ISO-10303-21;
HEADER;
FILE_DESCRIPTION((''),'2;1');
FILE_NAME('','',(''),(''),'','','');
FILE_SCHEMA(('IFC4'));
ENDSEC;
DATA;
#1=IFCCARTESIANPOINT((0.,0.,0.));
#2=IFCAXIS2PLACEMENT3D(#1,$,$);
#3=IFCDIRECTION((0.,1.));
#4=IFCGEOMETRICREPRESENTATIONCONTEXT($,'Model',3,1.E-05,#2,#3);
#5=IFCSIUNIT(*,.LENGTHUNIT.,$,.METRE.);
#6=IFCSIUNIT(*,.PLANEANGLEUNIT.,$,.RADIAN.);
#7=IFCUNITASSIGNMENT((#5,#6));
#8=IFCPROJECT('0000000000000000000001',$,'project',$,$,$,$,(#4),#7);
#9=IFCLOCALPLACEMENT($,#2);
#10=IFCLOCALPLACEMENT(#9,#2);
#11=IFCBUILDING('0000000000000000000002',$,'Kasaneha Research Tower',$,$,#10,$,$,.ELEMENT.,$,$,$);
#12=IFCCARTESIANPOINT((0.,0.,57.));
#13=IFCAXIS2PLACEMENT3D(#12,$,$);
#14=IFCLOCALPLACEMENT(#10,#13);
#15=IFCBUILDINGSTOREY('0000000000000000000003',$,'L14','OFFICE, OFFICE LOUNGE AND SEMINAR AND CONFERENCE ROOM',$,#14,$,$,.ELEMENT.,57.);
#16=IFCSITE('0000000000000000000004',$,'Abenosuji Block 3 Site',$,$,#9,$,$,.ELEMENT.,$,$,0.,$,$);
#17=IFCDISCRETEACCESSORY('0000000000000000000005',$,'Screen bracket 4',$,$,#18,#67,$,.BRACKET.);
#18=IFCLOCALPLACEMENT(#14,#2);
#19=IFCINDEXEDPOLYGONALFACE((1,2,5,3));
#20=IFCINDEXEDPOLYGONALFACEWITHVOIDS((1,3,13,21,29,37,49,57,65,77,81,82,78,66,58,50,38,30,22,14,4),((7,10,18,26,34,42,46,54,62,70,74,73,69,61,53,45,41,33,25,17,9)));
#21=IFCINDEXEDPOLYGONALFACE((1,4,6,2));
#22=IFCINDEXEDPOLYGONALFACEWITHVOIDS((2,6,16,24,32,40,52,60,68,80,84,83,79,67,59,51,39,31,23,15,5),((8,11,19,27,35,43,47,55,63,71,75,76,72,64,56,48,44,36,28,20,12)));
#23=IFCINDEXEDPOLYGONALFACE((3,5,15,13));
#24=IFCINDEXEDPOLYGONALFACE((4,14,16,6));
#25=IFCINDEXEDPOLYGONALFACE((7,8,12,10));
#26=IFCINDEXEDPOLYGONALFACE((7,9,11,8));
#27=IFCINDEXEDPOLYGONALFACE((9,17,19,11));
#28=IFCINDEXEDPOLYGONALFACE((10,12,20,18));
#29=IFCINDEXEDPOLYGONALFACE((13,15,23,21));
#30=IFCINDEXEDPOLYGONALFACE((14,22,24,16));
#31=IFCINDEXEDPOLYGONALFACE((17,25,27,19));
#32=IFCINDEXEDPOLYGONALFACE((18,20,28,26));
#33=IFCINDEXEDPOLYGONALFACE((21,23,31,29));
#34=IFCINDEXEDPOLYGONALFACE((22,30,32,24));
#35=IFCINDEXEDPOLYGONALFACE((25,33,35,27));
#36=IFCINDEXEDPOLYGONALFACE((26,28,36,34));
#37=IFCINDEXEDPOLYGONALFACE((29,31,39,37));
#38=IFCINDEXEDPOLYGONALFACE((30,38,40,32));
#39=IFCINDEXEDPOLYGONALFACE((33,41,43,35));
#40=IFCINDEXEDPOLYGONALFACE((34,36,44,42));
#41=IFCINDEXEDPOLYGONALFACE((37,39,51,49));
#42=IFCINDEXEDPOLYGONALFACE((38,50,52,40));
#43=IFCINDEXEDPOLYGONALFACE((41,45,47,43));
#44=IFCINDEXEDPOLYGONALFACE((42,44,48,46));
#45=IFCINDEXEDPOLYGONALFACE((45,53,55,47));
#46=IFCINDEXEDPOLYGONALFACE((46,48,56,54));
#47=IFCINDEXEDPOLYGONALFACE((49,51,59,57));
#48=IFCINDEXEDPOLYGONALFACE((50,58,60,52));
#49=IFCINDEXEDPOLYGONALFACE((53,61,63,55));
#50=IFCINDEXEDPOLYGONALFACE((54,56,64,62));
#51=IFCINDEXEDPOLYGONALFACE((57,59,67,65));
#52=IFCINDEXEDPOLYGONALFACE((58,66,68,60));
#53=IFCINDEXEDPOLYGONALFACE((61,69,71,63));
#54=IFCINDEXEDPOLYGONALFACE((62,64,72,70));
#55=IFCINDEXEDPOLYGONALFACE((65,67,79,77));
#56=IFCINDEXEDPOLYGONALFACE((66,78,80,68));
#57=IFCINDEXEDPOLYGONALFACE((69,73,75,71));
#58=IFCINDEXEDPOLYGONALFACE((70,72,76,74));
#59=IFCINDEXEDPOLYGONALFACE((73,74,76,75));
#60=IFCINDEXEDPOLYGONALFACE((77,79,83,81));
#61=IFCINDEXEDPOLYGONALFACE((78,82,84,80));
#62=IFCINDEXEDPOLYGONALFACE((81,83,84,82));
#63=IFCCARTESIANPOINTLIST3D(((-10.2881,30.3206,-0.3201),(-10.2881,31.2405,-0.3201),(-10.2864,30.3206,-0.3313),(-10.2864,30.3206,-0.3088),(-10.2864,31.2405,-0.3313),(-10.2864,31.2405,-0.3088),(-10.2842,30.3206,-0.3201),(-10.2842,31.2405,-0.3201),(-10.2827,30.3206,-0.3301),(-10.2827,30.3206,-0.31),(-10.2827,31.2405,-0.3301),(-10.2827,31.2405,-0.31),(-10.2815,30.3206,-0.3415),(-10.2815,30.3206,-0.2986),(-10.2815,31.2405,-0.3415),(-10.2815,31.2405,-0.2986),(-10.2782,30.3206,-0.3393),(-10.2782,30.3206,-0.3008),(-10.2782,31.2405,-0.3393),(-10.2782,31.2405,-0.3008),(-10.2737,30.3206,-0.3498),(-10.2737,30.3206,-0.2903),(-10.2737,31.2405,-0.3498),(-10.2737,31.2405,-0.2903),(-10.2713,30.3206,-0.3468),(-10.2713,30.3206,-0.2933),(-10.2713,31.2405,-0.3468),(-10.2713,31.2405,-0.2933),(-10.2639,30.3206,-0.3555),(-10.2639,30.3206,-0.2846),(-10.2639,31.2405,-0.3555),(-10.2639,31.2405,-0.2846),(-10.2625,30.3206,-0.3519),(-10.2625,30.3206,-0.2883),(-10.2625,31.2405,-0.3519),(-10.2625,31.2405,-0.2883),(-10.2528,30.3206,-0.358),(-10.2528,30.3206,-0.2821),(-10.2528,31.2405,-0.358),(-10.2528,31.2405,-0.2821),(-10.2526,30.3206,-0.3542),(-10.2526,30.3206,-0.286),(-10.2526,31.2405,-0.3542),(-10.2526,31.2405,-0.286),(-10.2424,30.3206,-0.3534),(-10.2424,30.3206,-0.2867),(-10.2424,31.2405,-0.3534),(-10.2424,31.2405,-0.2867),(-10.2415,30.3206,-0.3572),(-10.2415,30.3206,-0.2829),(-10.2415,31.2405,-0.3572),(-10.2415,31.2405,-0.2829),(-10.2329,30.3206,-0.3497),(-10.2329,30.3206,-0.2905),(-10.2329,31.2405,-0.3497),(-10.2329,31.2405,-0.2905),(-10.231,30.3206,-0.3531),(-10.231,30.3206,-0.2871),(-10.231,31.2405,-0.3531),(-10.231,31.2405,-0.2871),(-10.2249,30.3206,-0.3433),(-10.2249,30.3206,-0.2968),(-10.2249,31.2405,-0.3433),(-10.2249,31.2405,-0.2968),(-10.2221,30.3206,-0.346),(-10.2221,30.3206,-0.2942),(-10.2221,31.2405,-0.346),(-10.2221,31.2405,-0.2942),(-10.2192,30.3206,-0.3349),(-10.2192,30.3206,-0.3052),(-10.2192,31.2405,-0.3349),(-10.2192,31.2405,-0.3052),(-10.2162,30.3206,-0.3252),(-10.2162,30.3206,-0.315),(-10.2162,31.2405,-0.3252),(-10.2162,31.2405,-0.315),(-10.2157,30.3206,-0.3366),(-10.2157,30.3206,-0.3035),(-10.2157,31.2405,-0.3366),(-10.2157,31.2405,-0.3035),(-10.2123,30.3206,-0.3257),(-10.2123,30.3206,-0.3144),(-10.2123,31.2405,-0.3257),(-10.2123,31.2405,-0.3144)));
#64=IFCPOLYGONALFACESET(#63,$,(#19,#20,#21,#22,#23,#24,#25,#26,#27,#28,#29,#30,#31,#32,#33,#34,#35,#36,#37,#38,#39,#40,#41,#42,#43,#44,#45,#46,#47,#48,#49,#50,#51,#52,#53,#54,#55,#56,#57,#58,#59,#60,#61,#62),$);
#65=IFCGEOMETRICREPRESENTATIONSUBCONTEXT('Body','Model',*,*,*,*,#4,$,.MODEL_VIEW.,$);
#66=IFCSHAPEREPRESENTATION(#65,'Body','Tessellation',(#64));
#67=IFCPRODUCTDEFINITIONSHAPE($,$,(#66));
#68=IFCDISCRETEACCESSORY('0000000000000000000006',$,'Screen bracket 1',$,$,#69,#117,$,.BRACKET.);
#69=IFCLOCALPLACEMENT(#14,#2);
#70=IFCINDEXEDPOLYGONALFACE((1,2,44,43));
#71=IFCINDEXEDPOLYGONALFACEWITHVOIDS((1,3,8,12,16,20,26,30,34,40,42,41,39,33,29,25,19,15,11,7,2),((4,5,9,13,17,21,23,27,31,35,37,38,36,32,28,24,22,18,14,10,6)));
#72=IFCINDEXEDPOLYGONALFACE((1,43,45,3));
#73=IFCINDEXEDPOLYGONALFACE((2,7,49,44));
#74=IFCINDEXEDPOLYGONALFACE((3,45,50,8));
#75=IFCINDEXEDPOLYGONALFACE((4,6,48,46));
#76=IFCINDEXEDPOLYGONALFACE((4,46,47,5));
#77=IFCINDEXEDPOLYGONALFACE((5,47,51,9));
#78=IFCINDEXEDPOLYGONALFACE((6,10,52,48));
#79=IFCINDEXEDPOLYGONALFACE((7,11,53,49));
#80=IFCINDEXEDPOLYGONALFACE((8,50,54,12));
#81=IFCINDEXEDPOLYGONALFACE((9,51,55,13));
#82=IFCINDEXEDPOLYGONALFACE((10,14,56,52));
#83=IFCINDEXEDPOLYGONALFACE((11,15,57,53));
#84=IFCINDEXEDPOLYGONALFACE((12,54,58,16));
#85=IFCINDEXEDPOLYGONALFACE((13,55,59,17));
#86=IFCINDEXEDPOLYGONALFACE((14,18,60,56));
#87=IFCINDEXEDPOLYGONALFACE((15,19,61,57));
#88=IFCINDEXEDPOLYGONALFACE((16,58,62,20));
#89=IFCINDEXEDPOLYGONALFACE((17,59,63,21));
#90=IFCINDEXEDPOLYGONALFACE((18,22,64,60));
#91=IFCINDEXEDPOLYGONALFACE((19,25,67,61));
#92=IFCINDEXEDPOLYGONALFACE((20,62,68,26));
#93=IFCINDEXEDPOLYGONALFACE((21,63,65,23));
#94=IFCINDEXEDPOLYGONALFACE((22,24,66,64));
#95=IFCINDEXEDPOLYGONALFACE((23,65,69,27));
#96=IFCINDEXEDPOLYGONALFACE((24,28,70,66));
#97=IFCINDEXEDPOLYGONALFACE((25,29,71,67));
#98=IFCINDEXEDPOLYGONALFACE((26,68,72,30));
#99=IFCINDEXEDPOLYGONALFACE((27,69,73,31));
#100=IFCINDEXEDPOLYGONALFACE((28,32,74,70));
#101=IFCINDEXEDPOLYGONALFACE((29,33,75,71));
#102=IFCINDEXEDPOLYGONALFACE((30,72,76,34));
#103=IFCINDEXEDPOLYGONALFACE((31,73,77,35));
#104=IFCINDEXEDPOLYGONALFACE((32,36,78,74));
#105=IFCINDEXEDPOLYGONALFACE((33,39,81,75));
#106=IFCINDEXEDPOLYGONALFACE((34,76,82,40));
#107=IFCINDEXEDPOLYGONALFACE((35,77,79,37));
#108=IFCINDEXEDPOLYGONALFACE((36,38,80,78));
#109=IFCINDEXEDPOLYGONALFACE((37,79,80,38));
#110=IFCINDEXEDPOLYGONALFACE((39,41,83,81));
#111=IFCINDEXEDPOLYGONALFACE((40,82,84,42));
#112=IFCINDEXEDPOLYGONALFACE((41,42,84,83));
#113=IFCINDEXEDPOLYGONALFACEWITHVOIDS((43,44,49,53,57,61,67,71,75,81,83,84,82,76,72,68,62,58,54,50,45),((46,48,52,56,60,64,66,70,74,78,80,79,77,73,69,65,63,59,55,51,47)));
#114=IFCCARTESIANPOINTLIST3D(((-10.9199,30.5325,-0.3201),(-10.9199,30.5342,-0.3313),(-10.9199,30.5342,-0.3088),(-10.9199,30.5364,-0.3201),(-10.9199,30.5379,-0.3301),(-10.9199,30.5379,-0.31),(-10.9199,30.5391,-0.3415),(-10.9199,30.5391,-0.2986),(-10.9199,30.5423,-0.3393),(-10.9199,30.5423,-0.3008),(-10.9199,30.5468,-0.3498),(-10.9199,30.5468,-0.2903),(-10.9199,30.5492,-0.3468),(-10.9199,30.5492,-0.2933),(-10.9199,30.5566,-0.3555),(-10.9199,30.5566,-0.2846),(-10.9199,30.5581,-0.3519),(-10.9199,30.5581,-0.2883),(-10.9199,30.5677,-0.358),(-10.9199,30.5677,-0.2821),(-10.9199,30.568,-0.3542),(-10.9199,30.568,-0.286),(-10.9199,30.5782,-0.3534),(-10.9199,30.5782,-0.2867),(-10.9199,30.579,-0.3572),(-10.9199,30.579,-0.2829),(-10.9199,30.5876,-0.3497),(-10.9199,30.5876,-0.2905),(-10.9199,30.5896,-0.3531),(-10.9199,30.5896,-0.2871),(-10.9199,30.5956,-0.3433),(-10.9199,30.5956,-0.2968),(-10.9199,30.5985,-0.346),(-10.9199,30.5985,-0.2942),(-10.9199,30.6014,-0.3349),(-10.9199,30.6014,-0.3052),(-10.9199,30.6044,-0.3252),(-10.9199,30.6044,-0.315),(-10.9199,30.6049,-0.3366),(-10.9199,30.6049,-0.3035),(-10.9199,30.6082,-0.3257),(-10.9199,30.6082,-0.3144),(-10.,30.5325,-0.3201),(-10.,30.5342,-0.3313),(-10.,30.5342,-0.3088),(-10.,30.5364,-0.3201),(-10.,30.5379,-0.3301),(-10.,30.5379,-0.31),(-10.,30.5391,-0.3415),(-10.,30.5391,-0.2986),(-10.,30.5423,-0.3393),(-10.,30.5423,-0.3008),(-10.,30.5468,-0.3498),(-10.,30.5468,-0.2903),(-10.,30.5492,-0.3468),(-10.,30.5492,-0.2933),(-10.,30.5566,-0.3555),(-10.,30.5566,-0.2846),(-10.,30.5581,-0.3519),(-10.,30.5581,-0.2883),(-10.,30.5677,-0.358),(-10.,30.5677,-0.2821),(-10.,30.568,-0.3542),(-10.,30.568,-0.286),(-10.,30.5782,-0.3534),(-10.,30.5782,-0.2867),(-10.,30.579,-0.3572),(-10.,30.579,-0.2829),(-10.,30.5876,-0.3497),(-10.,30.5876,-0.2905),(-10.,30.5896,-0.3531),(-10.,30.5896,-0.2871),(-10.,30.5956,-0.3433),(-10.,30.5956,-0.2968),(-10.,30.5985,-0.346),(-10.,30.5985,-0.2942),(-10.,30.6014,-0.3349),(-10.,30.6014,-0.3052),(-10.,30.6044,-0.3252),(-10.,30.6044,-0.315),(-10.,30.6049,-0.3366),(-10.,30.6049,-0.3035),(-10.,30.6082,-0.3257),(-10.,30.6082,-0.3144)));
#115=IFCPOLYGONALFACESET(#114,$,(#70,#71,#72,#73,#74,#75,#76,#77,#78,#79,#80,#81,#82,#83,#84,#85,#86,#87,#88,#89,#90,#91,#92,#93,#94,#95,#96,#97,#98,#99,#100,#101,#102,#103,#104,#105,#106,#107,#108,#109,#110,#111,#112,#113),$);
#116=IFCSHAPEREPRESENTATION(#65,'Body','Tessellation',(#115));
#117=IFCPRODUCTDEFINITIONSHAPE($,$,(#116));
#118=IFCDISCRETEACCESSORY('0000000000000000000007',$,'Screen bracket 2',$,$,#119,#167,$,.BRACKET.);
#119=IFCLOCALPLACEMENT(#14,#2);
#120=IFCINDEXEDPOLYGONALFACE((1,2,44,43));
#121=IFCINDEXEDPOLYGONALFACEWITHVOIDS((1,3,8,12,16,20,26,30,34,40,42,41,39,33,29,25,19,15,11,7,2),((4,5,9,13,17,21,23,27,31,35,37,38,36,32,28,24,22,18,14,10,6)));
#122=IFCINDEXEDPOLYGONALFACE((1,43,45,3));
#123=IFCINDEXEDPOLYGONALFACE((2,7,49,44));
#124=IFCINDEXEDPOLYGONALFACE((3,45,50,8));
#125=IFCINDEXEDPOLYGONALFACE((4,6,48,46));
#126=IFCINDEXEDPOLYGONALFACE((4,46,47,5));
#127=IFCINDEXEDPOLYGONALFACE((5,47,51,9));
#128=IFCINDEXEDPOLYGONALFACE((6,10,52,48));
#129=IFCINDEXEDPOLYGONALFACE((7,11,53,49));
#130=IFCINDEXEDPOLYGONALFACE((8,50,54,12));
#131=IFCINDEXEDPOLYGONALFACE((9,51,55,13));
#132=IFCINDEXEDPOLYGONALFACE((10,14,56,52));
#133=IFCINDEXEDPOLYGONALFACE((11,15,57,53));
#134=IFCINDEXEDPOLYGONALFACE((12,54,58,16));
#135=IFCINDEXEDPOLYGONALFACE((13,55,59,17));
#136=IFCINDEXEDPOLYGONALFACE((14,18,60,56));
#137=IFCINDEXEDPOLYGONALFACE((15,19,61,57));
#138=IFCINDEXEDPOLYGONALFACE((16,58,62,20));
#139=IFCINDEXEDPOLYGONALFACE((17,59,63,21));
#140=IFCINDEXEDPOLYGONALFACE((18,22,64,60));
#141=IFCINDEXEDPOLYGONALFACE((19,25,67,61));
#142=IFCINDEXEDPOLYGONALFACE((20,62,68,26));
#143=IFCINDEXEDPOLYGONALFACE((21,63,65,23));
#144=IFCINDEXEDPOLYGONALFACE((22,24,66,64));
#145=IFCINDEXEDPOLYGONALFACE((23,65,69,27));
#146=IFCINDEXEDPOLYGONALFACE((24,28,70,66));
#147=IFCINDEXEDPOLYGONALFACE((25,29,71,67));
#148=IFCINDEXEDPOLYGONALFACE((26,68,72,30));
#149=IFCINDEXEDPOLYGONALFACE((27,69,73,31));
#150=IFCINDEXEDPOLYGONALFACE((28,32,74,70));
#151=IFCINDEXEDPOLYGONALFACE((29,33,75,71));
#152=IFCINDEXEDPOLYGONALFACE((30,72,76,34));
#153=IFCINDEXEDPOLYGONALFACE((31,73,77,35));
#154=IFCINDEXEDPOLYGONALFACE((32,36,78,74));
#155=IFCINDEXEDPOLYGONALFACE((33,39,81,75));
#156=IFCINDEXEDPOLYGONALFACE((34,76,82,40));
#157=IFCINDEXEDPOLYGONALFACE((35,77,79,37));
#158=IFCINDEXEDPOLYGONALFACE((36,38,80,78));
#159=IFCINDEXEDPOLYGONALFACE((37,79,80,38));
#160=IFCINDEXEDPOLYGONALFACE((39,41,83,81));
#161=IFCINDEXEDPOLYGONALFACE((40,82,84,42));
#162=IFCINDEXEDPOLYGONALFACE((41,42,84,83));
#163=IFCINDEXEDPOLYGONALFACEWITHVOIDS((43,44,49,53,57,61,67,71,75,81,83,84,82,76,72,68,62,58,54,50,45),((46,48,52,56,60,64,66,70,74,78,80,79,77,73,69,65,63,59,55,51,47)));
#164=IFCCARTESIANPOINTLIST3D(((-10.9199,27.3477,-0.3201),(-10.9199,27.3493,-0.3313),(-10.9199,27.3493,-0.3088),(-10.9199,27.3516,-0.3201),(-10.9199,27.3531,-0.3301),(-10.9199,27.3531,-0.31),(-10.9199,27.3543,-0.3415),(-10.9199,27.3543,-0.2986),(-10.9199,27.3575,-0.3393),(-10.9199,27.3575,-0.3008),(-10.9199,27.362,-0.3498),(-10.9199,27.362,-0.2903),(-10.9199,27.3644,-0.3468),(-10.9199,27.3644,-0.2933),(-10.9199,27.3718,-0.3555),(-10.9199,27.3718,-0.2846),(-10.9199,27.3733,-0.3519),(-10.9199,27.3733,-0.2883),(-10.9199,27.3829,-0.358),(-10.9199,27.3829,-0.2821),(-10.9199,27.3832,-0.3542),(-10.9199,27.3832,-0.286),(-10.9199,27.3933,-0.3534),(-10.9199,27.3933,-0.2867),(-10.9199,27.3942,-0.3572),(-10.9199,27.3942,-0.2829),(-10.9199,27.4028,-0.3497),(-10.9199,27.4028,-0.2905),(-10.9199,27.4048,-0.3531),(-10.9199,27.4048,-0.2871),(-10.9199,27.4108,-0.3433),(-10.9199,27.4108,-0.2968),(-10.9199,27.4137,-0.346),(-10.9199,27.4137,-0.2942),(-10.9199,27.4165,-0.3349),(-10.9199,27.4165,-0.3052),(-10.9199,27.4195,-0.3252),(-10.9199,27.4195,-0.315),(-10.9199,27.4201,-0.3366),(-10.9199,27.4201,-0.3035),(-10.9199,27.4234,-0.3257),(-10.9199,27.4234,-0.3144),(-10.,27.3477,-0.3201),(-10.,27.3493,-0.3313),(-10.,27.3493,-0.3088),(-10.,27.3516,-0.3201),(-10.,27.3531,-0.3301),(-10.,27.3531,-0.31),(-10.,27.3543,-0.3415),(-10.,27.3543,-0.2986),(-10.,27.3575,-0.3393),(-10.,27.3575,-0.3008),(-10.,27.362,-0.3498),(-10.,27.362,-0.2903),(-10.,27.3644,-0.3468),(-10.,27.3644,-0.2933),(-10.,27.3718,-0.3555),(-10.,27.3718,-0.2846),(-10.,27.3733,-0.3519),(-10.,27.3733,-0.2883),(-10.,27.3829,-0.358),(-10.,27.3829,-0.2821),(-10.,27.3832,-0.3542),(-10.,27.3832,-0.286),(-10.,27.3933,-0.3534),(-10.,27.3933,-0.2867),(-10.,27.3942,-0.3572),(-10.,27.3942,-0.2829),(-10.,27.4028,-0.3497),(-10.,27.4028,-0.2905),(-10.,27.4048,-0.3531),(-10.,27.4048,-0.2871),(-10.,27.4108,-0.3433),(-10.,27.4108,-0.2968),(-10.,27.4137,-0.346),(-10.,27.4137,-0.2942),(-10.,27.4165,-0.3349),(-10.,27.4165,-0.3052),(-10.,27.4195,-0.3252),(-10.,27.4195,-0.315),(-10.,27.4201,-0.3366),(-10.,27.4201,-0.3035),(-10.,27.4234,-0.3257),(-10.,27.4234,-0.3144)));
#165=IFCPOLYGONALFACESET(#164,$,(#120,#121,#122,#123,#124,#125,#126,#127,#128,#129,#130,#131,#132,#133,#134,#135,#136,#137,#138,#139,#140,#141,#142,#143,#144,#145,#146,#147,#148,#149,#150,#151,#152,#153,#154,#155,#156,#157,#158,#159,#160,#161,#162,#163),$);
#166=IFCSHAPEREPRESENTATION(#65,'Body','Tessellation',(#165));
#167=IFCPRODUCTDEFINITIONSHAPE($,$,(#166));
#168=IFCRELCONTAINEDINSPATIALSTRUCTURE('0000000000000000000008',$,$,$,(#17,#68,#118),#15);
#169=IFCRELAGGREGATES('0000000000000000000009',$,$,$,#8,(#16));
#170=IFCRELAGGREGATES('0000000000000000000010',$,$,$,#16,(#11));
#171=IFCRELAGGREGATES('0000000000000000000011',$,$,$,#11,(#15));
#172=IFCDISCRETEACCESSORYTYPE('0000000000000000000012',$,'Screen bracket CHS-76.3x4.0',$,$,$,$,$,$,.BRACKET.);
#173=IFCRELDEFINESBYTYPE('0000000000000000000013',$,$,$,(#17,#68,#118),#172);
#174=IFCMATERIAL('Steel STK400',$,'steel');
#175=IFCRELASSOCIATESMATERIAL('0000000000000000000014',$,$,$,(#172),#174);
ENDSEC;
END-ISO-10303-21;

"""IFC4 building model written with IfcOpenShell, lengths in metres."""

from ifc_helpers import new_model, si_unit, direction, frame, origin, origin_2d, place, context, subcontext, project, spatial, hollow_circle, extrude, material, material_profile, profile_set, type_object, element, save


model = new_model("IFC4")

# Units and contexts
model_context = context("Model", 3, precision=1e-05, world=origin(), true_north=direction((0.0, 1.0)))
body_context = subcontext(model_context, "Body", "Model", "MODEL_VIEW")
ifc_project = project(units=[si_unit("LENGTHUNIT", "METRE"), si_unit("PLANEANGLEUNIT", "RADIAN")], contexts=[model_context])

# Site, building, storey
site_placement = place(None, origin())
site = spatial("IfcSite", under=ifc_project, at=site_placement, Name="Abenosuji Block 3 Site", CompositionType="ELEMENT", RefElevation=0.0)
building_placement = place(site_placement, origin())
building = spatial("IfcBuilding", under=site, at=building_placement, Name="Kasaneha Research Tower", CompositionType="ELEMENT")
storey_placement = place(building_placement, frame((0.0, 0.0, 57.0)))
storey = spatial("IfcBuildingStorey", under=building, at=storey_placement, Name="L14", Description="OFFICE, OFFICE LOUNGE AND SEMINAR AND CONFERENCE ROOM", CompositionType="ELEMENT", Elevation=57.0)

# Discrete accessories
ifc_material_1 = material(Name="Steel STK400", Category="steel")
ifc_material_profile_1 = material_profile(ifc_material_1, hollow_circle(Radius=0.0381, WallThickness=0.0039, at=origin_2d()), Name="CHS-76.3x4.0")
ifc_profile_set_1 = profile_set([ifc_material_profile_1], Name="Steel STK400")
discrete_accessory_type = type_object("IfcDiscreteAccessoryType", Name="Screen bracket CHS-76.3x4.0", PredefinedType="BRACKET", material=ifc_profile_set_1)
for number, where, z_axis, x_axis, name in (
    (1, (-10.25, 30.3206, -0.3201), (0.0, 1.0, 0.0), (-1.0, 0.0, 0.0), "Screen bracket 4"),
    (2, (-10.0, 30.5706, -0.3201), (-1.0, 0.0, 0.0), (0.0, -1.0, 0.0), "Screen bracket 1"),
    (3, (-10.0, 27.3857, -0.3201), (-1.0, 0.0, 0.0), (0.0, -1.0, 0.0), "Screen bracket 2"),
):
    element("IfcDiscreteAccessory", number, at=place(storey_placement, frame(where, z_axis=z_axis, x_axis=x_axis)), inside=storey, type_object=discrete_accessory_type, Name=name, PredefinedType="BRACKET", context=body_context, shape_type="SweptSolid", body=[
        extrude(hollow_circle(Radius=0.0381, WallThickness=0.0039, at=origin_2d()), origin(), (0.0, 0.0, 1.0), 0.9199),
    ])

save(model, "model.ifc")
